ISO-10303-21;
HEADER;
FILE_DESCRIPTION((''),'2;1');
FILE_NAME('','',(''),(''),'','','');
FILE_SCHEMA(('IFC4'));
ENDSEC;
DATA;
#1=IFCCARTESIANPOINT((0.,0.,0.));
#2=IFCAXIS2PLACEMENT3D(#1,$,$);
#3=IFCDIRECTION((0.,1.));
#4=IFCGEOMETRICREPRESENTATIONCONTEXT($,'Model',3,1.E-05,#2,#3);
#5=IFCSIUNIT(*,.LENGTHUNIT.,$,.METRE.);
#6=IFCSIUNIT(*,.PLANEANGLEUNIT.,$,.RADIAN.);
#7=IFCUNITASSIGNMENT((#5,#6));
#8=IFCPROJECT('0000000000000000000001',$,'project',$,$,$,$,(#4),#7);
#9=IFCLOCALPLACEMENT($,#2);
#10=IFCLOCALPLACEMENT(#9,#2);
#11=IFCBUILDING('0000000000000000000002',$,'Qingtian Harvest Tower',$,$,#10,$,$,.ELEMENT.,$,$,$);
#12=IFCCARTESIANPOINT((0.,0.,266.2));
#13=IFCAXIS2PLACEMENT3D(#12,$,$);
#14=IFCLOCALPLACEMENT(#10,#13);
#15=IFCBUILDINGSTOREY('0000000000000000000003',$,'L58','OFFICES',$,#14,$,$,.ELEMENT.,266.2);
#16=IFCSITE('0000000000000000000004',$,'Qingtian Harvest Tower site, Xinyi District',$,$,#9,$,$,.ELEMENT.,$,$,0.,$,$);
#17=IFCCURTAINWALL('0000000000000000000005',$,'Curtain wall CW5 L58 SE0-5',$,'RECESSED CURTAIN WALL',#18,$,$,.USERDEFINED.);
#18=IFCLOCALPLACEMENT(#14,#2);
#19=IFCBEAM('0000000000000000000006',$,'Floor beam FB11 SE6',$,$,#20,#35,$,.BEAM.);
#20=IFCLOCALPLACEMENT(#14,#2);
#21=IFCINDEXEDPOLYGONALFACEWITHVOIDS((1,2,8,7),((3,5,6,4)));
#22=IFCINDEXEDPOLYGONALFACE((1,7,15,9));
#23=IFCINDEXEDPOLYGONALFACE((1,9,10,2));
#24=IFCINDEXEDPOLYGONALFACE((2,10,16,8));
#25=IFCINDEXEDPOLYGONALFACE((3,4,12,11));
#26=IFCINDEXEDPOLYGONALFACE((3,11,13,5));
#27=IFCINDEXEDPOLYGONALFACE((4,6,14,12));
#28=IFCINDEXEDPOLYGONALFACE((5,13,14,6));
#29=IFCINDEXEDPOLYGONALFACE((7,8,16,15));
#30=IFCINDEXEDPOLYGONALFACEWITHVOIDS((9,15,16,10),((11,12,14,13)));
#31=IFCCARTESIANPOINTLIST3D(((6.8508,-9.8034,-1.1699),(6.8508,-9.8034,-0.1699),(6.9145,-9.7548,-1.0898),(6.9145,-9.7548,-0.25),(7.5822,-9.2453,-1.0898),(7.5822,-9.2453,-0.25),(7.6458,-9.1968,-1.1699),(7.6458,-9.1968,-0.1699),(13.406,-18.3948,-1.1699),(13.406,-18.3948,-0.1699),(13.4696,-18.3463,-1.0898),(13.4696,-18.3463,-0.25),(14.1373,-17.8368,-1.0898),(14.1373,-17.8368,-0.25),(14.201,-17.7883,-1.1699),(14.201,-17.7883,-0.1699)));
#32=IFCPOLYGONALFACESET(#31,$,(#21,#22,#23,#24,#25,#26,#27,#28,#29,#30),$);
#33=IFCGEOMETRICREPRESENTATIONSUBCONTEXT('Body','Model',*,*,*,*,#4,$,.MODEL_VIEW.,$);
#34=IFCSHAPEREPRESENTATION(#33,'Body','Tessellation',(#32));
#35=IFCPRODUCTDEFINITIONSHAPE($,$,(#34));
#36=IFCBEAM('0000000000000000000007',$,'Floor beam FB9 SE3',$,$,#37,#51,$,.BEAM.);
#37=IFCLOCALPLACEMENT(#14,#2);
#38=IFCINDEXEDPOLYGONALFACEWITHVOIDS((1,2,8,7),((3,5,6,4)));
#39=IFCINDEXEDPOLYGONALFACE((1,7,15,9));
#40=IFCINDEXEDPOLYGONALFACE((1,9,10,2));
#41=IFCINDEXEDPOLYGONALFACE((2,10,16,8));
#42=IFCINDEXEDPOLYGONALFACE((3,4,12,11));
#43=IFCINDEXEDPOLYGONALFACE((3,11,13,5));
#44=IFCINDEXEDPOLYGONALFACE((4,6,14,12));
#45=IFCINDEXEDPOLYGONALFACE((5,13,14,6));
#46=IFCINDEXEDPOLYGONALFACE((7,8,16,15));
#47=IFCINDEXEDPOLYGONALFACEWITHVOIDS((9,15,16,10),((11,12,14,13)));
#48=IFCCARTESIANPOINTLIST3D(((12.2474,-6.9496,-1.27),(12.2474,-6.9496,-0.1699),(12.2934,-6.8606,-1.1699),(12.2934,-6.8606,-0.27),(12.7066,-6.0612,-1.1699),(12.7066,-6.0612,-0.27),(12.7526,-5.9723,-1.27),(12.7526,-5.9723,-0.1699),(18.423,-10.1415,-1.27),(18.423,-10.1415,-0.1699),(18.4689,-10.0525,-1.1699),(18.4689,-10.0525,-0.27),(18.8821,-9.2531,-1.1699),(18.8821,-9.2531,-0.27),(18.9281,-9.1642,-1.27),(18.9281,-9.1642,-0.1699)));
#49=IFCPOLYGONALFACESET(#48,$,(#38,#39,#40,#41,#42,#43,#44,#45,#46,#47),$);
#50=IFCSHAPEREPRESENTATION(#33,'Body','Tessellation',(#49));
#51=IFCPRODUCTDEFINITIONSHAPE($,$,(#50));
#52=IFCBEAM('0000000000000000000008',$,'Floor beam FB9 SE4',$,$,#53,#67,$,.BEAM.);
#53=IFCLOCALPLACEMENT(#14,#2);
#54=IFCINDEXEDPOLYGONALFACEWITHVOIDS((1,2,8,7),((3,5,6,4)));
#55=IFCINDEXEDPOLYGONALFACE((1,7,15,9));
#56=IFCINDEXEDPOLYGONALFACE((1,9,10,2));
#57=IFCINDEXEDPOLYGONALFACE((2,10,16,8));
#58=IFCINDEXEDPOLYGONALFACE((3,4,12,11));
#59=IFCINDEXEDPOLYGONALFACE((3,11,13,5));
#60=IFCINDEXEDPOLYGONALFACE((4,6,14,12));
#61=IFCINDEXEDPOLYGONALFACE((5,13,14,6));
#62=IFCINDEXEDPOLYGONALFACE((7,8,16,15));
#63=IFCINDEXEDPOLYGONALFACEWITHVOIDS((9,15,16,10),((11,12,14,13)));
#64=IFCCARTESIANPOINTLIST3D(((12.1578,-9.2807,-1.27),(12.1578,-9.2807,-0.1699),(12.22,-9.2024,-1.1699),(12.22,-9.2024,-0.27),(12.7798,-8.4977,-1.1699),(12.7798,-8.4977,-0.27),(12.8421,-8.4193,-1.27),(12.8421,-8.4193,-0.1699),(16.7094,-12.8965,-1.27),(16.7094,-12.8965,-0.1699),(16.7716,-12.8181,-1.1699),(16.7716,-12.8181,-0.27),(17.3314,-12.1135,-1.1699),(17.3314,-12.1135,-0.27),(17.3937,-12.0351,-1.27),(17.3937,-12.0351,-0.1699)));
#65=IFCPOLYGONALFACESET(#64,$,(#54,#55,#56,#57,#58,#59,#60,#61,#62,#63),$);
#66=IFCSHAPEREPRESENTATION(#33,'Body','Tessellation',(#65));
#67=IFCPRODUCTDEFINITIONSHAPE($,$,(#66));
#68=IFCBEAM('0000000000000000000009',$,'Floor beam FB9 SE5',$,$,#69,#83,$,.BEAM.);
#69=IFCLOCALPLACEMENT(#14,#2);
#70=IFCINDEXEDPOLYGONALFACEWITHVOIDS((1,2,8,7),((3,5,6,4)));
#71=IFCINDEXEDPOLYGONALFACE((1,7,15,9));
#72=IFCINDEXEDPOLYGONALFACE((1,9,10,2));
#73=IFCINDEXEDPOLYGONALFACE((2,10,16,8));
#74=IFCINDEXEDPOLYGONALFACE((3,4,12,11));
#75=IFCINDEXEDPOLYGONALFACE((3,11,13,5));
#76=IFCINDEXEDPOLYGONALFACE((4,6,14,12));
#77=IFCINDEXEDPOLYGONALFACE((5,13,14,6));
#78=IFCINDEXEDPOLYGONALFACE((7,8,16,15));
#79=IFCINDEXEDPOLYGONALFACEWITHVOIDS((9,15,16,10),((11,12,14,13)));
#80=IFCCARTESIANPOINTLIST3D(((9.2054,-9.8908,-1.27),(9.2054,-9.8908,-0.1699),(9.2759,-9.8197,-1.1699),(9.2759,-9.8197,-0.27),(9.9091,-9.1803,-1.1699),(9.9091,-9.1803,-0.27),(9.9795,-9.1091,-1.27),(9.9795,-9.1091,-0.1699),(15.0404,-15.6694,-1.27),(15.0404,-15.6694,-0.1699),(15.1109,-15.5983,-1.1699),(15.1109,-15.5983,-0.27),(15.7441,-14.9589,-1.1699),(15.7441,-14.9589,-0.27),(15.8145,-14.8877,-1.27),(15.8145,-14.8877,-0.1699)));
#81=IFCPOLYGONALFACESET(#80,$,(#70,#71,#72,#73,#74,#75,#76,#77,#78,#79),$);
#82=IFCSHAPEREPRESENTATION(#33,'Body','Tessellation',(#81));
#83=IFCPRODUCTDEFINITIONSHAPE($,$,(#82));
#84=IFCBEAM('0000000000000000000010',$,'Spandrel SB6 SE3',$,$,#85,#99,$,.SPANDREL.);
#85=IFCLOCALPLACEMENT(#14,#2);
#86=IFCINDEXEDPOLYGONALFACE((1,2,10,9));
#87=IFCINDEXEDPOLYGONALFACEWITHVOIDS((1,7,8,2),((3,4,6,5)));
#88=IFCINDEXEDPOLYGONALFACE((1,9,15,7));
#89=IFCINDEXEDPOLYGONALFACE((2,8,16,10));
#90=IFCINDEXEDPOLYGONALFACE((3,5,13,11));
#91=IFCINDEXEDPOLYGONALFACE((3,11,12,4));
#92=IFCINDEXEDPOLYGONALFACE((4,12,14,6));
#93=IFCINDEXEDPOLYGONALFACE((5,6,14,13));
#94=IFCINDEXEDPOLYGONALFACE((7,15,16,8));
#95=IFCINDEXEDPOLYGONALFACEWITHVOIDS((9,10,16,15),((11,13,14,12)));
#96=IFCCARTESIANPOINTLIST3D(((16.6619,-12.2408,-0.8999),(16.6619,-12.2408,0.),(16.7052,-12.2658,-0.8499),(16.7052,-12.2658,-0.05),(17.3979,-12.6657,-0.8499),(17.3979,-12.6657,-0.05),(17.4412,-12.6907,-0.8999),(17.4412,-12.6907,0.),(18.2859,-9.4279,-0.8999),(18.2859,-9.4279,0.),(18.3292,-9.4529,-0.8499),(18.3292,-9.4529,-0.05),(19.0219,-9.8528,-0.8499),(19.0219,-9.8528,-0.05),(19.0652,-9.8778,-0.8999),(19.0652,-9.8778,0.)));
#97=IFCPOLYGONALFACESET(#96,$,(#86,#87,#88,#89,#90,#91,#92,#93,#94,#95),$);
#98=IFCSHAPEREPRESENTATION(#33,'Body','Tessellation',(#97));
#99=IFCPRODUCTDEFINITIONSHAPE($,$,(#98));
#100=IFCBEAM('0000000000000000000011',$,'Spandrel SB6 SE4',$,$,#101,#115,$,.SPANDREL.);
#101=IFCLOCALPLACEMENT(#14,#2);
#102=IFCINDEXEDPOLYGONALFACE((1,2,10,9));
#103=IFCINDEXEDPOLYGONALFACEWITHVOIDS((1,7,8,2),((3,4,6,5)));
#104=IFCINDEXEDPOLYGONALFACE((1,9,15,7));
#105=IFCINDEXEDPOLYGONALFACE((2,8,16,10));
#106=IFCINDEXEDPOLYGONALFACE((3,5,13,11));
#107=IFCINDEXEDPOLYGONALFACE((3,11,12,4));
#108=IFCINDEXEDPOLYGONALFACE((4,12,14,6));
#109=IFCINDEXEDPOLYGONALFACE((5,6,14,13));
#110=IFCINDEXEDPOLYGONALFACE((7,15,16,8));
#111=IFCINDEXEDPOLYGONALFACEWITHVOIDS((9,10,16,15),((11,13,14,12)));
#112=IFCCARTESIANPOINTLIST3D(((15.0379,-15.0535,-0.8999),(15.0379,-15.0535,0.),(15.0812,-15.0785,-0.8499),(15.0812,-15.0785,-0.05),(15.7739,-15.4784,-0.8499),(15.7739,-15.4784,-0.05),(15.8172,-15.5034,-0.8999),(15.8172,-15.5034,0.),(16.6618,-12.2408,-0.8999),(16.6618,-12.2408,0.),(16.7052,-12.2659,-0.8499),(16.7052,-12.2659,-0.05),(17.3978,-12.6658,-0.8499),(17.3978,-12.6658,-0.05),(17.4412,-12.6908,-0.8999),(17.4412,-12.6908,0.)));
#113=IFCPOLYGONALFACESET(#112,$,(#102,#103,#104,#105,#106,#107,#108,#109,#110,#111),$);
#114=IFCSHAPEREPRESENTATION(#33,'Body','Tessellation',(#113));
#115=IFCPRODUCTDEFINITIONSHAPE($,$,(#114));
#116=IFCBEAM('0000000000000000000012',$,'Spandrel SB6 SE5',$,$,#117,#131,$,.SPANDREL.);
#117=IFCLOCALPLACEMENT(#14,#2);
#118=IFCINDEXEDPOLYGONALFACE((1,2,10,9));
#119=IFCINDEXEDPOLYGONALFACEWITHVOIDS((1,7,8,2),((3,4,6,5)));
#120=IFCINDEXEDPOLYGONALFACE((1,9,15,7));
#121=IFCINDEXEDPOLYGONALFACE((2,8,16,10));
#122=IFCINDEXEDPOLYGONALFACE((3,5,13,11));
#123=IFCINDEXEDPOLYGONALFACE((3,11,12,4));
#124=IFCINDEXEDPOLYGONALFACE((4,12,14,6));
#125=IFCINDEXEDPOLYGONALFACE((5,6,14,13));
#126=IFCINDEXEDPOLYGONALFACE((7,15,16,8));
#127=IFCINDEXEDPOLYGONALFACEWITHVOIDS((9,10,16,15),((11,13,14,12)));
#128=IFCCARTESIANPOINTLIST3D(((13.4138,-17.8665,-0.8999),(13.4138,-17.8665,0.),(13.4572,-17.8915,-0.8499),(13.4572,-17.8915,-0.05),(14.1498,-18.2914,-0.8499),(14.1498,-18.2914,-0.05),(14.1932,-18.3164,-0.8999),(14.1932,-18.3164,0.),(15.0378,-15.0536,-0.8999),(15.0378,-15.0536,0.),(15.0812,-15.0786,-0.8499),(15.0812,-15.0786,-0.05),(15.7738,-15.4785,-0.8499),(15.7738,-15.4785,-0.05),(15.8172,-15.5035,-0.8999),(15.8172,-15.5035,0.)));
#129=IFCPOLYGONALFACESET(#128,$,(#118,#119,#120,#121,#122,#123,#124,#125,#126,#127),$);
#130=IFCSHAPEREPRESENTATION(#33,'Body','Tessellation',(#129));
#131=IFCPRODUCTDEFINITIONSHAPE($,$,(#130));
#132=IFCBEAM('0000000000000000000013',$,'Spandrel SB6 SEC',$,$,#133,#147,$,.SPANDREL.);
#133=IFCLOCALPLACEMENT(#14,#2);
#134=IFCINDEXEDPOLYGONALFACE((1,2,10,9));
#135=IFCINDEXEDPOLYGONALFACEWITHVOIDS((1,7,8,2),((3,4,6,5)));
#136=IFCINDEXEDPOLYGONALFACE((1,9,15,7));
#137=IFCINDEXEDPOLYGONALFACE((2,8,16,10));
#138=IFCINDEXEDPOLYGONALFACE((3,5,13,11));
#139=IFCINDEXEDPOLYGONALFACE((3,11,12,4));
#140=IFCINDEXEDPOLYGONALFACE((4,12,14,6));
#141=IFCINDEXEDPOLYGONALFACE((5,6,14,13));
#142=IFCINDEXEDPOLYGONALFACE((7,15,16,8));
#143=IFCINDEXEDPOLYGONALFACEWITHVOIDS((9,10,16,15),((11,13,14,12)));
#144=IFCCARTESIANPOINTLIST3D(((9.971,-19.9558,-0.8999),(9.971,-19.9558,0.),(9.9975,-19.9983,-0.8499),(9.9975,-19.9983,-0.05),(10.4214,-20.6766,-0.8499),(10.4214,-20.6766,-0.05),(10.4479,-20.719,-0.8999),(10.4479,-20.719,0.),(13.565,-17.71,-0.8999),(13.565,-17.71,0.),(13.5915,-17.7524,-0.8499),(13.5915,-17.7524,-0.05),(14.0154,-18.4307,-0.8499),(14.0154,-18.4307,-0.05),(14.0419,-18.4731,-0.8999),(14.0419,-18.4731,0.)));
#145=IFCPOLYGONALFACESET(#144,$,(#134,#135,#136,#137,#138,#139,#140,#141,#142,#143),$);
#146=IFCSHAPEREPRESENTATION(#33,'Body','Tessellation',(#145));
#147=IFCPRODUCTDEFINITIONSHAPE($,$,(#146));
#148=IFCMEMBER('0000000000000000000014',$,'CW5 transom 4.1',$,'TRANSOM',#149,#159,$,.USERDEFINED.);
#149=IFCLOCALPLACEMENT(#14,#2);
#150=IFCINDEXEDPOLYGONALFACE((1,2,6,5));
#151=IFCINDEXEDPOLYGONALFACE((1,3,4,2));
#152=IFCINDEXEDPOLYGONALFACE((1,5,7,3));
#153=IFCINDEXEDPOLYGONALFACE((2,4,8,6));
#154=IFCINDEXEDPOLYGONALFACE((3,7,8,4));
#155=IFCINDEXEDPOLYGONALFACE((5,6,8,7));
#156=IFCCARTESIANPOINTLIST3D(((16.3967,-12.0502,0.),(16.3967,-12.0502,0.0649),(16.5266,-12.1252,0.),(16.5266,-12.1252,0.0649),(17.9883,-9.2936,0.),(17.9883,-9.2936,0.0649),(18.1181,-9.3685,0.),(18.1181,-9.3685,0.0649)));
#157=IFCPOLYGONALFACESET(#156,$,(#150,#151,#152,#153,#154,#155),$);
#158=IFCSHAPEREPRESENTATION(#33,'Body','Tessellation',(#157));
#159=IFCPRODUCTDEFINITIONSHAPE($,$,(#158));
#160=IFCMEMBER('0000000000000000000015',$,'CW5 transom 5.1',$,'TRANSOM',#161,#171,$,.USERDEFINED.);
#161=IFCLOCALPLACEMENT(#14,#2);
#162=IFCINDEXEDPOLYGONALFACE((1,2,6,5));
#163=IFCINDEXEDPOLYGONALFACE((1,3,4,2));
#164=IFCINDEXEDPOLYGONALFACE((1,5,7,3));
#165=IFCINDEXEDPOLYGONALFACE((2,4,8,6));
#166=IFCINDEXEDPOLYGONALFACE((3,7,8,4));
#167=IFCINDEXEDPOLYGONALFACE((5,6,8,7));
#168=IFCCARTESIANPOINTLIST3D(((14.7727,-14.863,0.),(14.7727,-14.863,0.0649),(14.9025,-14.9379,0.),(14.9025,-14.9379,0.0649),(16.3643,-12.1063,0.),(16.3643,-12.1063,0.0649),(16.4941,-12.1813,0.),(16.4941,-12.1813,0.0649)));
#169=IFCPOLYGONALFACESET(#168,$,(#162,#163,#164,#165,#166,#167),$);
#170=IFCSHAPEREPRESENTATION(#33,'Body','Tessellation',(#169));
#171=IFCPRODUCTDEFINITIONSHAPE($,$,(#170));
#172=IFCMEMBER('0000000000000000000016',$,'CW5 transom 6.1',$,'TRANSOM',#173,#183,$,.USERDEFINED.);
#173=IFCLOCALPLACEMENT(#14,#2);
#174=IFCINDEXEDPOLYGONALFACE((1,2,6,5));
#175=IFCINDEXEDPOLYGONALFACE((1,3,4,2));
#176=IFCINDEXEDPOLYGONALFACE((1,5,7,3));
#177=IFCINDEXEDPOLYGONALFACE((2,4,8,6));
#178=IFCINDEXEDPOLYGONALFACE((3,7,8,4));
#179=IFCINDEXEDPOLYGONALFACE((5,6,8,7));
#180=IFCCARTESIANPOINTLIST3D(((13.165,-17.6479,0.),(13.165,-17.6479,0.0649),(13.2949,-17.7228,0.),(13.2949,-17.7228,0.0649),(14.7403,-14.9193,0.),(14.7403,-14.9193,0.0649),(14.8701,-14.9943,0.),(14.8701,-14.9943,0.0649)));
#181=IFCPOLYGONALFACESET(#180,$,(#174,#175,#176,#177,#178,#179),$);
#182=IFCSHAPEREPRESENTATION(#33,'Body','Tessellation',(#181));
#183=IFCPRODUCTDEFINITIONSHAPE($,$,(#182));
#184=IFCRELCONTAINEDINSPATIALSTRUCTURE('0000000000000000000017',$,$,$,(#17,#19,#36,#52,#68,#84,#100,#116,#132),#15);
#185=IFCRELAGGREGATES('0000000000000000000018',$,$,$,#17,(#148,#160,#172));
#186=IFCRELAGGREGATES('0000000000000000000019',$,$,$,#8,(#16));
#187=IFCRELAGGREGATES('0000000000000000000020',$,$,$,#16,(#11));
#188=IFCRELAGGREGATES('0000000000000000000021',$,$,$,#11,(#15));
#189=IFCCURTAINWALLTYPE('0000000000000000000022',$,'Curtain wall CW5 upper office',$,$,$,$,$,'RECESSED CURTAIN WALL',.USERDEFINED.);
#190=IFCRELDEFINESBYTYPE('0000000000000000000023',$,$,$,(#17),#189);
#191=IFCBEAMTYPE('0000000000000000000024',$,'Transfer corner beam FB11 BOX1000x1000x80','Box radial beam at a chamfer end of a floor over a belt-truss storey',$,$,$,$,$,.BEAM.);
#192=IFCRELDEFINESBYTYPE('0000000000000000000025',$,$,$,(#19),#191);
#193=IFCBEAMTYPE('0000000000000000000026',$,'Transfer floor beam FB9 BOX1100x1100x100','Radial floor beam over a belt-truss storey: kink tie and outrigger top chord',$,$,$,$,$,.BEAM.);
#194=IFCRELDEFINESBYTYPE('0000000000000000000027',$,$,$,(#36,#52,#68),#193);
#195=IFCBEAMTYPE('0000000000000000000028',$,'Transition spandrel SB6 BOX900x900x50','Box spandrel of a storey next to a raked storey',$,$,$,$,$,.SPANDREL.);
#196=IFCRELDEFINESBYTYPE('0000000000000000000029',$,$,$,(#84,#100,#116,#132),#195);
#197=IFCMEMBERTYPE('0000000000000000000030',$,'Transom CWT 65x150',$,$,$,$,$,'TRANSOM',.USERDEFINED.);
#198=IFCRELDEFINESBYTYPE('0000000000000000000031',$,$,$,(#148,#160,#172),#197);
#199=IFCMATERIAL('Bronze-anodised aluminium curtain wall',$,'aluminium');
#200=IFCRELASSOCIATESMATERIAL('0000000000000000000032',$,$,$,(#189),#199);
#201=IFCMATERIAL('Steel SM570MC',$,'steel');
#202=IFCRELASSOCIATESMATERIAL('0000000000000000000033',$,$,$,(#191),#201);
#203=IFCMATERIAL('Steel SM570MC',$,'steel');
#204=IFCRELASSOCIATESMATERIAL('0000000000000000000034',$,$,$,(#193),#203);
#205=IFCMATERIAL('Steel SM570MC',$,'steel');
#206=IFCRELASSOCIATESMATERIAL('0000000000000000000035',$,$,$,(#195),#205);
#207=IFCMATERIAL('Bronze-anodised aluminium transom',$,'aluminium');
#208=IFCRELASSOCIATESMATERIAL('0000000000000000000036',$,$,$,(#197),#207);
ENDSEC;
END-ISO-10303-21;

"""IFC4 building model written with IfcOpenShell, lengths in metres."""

from ifc_helpers import new_model, si_unit, direction, frame, origin, origin_2d, place, context, subcontext, project, spatial, rectangle, hollow_rectangle, extrude, material, material_profile, profile_set, type_object, element, aggregate, save


model = new_model("IFC4")

# Units and contexts
model_context = context("Model", 3, precision=1e-05, world=origin(), true_north=direction((0.0, 1.0)))
body_context = subcontext(model_context, "Body", "Model", "MODEL_VIEW")
ifc_project = project(units=[si_unit("LENGTHUNIT", "METRE"), si_unit("PLANEANGLEUNIT", "RADIAN")], contexts=[model_context])

# Site, building, storey
site_placement = place(None, origin())
site = spatial("IfcSite", under=ifc_project, at=site_placement, Name="Qingtian Harvest Tower site, Xinyi District", CompositionType="ELEMENT", RefElevation=0.0)
building_placement = place(site_placement, origin())
building = spatial("IfcBuilding", under=site, at=building_placement, Name="Qingtian Harvest Tower", CompositionType="ELEMENT")
storey_placement = place(building_placement, frame((0.0, 0.0, 266.2)))
storey = spatial("IfcBuildingStorey", under=building, at=storey_placement, Name="L58", Description="OFFICES", CompositionType="ELEMENT", Elevation=266.2)

# Curtain wall
ifc_material_1 = material(Name="Bronze-anodised aluminium curtain wall", Category="aluminium")
curtain_wall_type = type_object("IfcCurtainWallType", Name="Curtain wall CW5 upper office", ElementType="RECESSED CURTAIN WALL", PredefinedType="USERDEFINED", material=ifc_material_1)
curtain_wall_1_placement = place(storey_placement, origin())
curtain_wall_1 = element("IfcCurtainWall", 1, at=curtain_wall_1_placement, inside=storey, type_object=curtain_wall_type, Name="Curtain wall CW5 L58 SE0-5", ObjectType="RECESSED CURTAIN WALL", PredefinedType="USERDEFINED")

# Beams
ifc_material_2 = material(Name="Steel SM570MC", Category="steel")
ifc_material_profile_1 = material_profile(ifc_material_2, hollow_rectangle(XDim=1.0, YDim=1.0, WallThickness=0.0801, at=origin_2d()), Name="BOX1000x1000x80")
ifc_profile_set_1 = profile_set([ifc_material_profile_1], Name="Steel SM570MC")
beam_type_1 = type_object("IfcBeamType", Name="Transfer corner beam FB11 BOX1000x1000x80", Description="Box radial beam at a chamfer end of a floor over a belt-truss storey", PredefinedType="BEAM", material=ifc_profile_set_1)
beam_1_placement = place(storey_placement, frame((13.8035, -18.0916, -0.6699), z_axis=(-0.606584, 0.79502, 0.0), x_axis=(-0.79502, -0.606584, 0.0)))
element("IfcBeam", 2, at=beam_1_placement, inside=storey, type_object=beam_type_1, Name="Floor beam FB11 SE6", PredefinedType="BEAM", context=body_context, shape_type="SweptSolid", body=[
    extrude(hollow_rectangle(XDim=1.0, YDim=1.0, WallThickness=0.0801, at=origin_2d()), origin(), (0.0, 0.0, 1.0), 10.8066),
])
ifc_material_3 = material(Name="Steel SM570MC", Category="steel")
ifc_material_profile_2 = material_profile(ifc_material_3, hollow_rectangle(XDim=1.1001, YDim=1.1001, WallThickness=0.1001, at=origin_2d()), Name="BOX1100x1100x100")
ifc_profile_set_2 = profile_set([ifc_material_profile_2], Name="Steel SM570MC")
beam_type_2 = type_object("IfcBeamType", Name="Transfer floor beam FB9 BOX1100x1100x100", Description="Radial floor beam over a belt-truss storey: kink tie and outrigger top chord", PredefinedType="BEAM", material=ifc_profile_set_2)
beam_2_placement = place(storey_placement, frame((18.6755, -9.6528, -0.72), z_axis=(-0.888355, 0.459156, 0.0), x_axis=(-0.459156, -0.888355, 0.0)))
element("IfcBeam", 3, at=beam_2_placement, inside=storey, type_object=beam_type_2, Name="Floor beam FB9 SE3", PredefinedType="BEAM", context=body_context, shape_type="SweptSolid", body=[
    extrude(hollow_rectangle(XDim=1.1001, YDim=1.1001, WallThickness=0.1001, at=origin_2d()), origin(), (0.0, 0.0, 1.0), 6.9517),
])
beam_3_placement = place(storey_placement, frame((17.0515, -12.4658, -0.72), z_axis=(-0.783003, 0.622018, 0.0), x_axis=(-0.622018, -0.783003, 0.0)))
element("IfcBeam", 4, at=beam_3_placement, inside=storey, type_object=beam_type_2, Name="Floor beam FB9 SE4", PredefinedType="BEAM", context=body_context, shape_type="SweptSolid", body=[
    extrude(hollow_rectangle(XDim=1.1001, YDim=1.1001, WallThickness=0.1001, at=origin_2d()), origin(), (0.0, 0.0, 1.0), 5.813),
])
beam_4_placement = place(storey_placement, frame((15.4275, -15.2786, -0.72), z_axis=(-0.710532, 0.703665, 0.0), x_axis=(-0.703665, -0.710532, 0.0)))
element("IfcBeam", 5, at=beam_4_placement, inside=storey, type_object=beam_type_2, Name="Floor beam FB9 SE5", PredefinedType="BEAM", context=body_context, shape_type="SweptSolid", body=[
    extrude(hollow_rectangle(XDim=1.1001, YDim=1.1001, WallThickness=0.1001, at=origin_2d()), origin(), (0.0, 0.0, 1.0), 8.2122),
])
ifc_material_4 = material(Name="Steel SM570MC", Category="steel")
ifc_material_profile_3 = material_profile(ifc_material_4, hollow_rectangle(XDim=0.8999, YDim=0.8999, WallThickness=0.05, at=origin_2d()), Name="BOX900x900x50")
ifc_profile_set_3 = profile_set([ifc_material_profile_3], Name="Steel SM570MC")
beam_type_3 = type_object("IfcBeamType", Name="Transition spandrel SB6 BOX900x900x50", Description="Box spandrel of a storey next to a raked storey", PredefinedType="SPANDREL", material=ifc_profile_set_3)
beam_5_placement = place(storey_placement, frame((18.6755, -9.6528, -0.45), z_axis=(-0.499987, -0.866033, 0.0), x_axis=(0.866033, -0.499987, 0.0)))
element("IfcBeam", 6, at=beam_5_placement, inside=storey, type_object=beam_type_3, Name="Spandrel SB6 SE3", PredefinedType="SPANDREL", context=body_context, shape_type="SweptSolid", body=[
    extrude(hollow_rectangle(XDim=0.8999, YDim=0.8999, WallThickness=0.05, at=origin_2d()), origin(), (0.0, 0.0, 1.0), 3.248),
])
beam_6_placement = place(storey_placement, frame((17.0515, -12.4658, -0.45), z_axis=(-0.50002, -0.866014, 0.0), x_axis=(0.866014, -0.50002, 0.0)))
element("IfcBeam", 7, at=beam_6_placement, inside=storey, type_object=beam_type_3, Name="Spandrel SB6 SE4", PredefinedType="SPANDREL", context=body_context, shape_type="SweptSolid", body=[
    extrude(hollow_rectangle(XDim=0.8999, YDim=0.8999, WallThickness=0.05, at=origin_2d()), origin(), (0.0, 0.0, 1.0), 3.2478),
])
beam_7_placement = place(storey_placement, frame((15.4275, -15.2786, -0.45), z_axis=(-0.499987, -0.866033, 0.0), x_axis=(0.866033, -0.499987, 0.0)))
element("IfcBeam", 8, at=beam_7_placement, inside=storey, type_object=beam_type_3, Name="Spandrel SB6 SE5", PredefinedType="SPANDREL", context=body_context, shape_type="SweptSolid", body=[
    extrude(hollow_rectangle(XDim=0.8999, YDim=0.8999, WallThickness=0.05, at=origin_2d()), origin(), (0.0, 0.0, 1.0), 3.248),
])
beam_8_placement = place(storey_placement, frame((13.8035, -18.0916, -0.45), z_axis=(-0.84804, -0.529932, 0.0), x_axis=(0.529932, -0.84804, 0.0)))
element("IfcBeam", 9, at=beam_8_placement, inside=storey, type_object=beam_type_3, Name="Spandrel SB6 SEC", PredefinedType="SPANDREL", context=body_context, shape_type="SweptSolid", body=[
    extrude(hollow_rectangle(XDim=0.8999, YDim=0.8999, WallThickness=0.05, at=origin_2d()), origin(), (0.0, 0.0, 1.0), 4.238),
])

# Members
ifc_material_5 = material(Name="Bronze-anodised aluminium transom", Category="aluminium")
ifc_material_profile_4 = material_profile(ifc_material_5, rectangle(XDim=0.1499, YDim=0.0649, at=origin_2d()), Name="AL 65x150")
ifc_profile_set_4 = profile_set([ifc_material_profile_4], Name="Bronze-anodised aluminium transom")
member_type_1 = type_object("IfcMemberType", Name="Transom CWT 65x150", ElementType="TRANSOM", PredefinedType="USERDEFINED", material=ifc_profile_set_4)
member_1_placement = place(storey_placement, frame((18.0532, -9.3311, 0.0325), z_axis=(-0.500008, -0.866021, 0.0), x_axis=(0.866021, -0.500008, 0.0)))
member_1 = element("IfcMember", 10, at=member_1_placement, type_object=member_type_1, Name="CW5 transom 4.1", ObjectType="TRANSOM", PredefinedType="USERDEFINED", context=body_context, shape_type="SweptSolid", body=[
    extrude(rectangle(XDim=0.1499, YDim=0.0649, at=origin_2d()), origin(), (0.0, 0.0, 1.0), 3.1831),
])
member_2_placement = place(storey_placement, frame((16.4292, -12.1438, 0.0325), z_axis=(-0.500008, -0.866021, 0.0), x_axis=(0.866021, -0.500008, 0.0)))
member_2 = element("IfcMember", 11, at=member_2_placement, type_object=member_type_1, Name="CW5 transom 5.1", ObjectType="TRANSOM", PredefinedType="USERDEFINED", context=body_context, shape_type="SweptSolid", body=[
    extrude(rectangle(XDim=0.1499, YDim=0.0649, at=origin_2d()), origin(), (0.0, 0.0, 1.0), 3.1831),
])
member_3_placement = place(storey_placement, frame((14.8052, -14.9568, 0.0325), z_axis=(-0.499973, -0.866041, 0.0), x_axis=(0.866041, -0.499973, 0.0)))
member_3 = element("IfcMember", 12, at=member_3_placement, type_object=member_type_1, Name="CW5 transom 6.1", ObjectType="TRANSOM", PredefinedType="USERDEFINED", context=body_context, shape_type="SweptSolid", body=[
    extrude(rectangle(XDim=0.1499, YDim=0.0649, at=origin_2d()), origin(), (0.0, 0.0, 1.0), 3.1506),
])

aggregate(curtain_wall_1, [member_1, member_2, member_3])

save(model, "model.ifc")
